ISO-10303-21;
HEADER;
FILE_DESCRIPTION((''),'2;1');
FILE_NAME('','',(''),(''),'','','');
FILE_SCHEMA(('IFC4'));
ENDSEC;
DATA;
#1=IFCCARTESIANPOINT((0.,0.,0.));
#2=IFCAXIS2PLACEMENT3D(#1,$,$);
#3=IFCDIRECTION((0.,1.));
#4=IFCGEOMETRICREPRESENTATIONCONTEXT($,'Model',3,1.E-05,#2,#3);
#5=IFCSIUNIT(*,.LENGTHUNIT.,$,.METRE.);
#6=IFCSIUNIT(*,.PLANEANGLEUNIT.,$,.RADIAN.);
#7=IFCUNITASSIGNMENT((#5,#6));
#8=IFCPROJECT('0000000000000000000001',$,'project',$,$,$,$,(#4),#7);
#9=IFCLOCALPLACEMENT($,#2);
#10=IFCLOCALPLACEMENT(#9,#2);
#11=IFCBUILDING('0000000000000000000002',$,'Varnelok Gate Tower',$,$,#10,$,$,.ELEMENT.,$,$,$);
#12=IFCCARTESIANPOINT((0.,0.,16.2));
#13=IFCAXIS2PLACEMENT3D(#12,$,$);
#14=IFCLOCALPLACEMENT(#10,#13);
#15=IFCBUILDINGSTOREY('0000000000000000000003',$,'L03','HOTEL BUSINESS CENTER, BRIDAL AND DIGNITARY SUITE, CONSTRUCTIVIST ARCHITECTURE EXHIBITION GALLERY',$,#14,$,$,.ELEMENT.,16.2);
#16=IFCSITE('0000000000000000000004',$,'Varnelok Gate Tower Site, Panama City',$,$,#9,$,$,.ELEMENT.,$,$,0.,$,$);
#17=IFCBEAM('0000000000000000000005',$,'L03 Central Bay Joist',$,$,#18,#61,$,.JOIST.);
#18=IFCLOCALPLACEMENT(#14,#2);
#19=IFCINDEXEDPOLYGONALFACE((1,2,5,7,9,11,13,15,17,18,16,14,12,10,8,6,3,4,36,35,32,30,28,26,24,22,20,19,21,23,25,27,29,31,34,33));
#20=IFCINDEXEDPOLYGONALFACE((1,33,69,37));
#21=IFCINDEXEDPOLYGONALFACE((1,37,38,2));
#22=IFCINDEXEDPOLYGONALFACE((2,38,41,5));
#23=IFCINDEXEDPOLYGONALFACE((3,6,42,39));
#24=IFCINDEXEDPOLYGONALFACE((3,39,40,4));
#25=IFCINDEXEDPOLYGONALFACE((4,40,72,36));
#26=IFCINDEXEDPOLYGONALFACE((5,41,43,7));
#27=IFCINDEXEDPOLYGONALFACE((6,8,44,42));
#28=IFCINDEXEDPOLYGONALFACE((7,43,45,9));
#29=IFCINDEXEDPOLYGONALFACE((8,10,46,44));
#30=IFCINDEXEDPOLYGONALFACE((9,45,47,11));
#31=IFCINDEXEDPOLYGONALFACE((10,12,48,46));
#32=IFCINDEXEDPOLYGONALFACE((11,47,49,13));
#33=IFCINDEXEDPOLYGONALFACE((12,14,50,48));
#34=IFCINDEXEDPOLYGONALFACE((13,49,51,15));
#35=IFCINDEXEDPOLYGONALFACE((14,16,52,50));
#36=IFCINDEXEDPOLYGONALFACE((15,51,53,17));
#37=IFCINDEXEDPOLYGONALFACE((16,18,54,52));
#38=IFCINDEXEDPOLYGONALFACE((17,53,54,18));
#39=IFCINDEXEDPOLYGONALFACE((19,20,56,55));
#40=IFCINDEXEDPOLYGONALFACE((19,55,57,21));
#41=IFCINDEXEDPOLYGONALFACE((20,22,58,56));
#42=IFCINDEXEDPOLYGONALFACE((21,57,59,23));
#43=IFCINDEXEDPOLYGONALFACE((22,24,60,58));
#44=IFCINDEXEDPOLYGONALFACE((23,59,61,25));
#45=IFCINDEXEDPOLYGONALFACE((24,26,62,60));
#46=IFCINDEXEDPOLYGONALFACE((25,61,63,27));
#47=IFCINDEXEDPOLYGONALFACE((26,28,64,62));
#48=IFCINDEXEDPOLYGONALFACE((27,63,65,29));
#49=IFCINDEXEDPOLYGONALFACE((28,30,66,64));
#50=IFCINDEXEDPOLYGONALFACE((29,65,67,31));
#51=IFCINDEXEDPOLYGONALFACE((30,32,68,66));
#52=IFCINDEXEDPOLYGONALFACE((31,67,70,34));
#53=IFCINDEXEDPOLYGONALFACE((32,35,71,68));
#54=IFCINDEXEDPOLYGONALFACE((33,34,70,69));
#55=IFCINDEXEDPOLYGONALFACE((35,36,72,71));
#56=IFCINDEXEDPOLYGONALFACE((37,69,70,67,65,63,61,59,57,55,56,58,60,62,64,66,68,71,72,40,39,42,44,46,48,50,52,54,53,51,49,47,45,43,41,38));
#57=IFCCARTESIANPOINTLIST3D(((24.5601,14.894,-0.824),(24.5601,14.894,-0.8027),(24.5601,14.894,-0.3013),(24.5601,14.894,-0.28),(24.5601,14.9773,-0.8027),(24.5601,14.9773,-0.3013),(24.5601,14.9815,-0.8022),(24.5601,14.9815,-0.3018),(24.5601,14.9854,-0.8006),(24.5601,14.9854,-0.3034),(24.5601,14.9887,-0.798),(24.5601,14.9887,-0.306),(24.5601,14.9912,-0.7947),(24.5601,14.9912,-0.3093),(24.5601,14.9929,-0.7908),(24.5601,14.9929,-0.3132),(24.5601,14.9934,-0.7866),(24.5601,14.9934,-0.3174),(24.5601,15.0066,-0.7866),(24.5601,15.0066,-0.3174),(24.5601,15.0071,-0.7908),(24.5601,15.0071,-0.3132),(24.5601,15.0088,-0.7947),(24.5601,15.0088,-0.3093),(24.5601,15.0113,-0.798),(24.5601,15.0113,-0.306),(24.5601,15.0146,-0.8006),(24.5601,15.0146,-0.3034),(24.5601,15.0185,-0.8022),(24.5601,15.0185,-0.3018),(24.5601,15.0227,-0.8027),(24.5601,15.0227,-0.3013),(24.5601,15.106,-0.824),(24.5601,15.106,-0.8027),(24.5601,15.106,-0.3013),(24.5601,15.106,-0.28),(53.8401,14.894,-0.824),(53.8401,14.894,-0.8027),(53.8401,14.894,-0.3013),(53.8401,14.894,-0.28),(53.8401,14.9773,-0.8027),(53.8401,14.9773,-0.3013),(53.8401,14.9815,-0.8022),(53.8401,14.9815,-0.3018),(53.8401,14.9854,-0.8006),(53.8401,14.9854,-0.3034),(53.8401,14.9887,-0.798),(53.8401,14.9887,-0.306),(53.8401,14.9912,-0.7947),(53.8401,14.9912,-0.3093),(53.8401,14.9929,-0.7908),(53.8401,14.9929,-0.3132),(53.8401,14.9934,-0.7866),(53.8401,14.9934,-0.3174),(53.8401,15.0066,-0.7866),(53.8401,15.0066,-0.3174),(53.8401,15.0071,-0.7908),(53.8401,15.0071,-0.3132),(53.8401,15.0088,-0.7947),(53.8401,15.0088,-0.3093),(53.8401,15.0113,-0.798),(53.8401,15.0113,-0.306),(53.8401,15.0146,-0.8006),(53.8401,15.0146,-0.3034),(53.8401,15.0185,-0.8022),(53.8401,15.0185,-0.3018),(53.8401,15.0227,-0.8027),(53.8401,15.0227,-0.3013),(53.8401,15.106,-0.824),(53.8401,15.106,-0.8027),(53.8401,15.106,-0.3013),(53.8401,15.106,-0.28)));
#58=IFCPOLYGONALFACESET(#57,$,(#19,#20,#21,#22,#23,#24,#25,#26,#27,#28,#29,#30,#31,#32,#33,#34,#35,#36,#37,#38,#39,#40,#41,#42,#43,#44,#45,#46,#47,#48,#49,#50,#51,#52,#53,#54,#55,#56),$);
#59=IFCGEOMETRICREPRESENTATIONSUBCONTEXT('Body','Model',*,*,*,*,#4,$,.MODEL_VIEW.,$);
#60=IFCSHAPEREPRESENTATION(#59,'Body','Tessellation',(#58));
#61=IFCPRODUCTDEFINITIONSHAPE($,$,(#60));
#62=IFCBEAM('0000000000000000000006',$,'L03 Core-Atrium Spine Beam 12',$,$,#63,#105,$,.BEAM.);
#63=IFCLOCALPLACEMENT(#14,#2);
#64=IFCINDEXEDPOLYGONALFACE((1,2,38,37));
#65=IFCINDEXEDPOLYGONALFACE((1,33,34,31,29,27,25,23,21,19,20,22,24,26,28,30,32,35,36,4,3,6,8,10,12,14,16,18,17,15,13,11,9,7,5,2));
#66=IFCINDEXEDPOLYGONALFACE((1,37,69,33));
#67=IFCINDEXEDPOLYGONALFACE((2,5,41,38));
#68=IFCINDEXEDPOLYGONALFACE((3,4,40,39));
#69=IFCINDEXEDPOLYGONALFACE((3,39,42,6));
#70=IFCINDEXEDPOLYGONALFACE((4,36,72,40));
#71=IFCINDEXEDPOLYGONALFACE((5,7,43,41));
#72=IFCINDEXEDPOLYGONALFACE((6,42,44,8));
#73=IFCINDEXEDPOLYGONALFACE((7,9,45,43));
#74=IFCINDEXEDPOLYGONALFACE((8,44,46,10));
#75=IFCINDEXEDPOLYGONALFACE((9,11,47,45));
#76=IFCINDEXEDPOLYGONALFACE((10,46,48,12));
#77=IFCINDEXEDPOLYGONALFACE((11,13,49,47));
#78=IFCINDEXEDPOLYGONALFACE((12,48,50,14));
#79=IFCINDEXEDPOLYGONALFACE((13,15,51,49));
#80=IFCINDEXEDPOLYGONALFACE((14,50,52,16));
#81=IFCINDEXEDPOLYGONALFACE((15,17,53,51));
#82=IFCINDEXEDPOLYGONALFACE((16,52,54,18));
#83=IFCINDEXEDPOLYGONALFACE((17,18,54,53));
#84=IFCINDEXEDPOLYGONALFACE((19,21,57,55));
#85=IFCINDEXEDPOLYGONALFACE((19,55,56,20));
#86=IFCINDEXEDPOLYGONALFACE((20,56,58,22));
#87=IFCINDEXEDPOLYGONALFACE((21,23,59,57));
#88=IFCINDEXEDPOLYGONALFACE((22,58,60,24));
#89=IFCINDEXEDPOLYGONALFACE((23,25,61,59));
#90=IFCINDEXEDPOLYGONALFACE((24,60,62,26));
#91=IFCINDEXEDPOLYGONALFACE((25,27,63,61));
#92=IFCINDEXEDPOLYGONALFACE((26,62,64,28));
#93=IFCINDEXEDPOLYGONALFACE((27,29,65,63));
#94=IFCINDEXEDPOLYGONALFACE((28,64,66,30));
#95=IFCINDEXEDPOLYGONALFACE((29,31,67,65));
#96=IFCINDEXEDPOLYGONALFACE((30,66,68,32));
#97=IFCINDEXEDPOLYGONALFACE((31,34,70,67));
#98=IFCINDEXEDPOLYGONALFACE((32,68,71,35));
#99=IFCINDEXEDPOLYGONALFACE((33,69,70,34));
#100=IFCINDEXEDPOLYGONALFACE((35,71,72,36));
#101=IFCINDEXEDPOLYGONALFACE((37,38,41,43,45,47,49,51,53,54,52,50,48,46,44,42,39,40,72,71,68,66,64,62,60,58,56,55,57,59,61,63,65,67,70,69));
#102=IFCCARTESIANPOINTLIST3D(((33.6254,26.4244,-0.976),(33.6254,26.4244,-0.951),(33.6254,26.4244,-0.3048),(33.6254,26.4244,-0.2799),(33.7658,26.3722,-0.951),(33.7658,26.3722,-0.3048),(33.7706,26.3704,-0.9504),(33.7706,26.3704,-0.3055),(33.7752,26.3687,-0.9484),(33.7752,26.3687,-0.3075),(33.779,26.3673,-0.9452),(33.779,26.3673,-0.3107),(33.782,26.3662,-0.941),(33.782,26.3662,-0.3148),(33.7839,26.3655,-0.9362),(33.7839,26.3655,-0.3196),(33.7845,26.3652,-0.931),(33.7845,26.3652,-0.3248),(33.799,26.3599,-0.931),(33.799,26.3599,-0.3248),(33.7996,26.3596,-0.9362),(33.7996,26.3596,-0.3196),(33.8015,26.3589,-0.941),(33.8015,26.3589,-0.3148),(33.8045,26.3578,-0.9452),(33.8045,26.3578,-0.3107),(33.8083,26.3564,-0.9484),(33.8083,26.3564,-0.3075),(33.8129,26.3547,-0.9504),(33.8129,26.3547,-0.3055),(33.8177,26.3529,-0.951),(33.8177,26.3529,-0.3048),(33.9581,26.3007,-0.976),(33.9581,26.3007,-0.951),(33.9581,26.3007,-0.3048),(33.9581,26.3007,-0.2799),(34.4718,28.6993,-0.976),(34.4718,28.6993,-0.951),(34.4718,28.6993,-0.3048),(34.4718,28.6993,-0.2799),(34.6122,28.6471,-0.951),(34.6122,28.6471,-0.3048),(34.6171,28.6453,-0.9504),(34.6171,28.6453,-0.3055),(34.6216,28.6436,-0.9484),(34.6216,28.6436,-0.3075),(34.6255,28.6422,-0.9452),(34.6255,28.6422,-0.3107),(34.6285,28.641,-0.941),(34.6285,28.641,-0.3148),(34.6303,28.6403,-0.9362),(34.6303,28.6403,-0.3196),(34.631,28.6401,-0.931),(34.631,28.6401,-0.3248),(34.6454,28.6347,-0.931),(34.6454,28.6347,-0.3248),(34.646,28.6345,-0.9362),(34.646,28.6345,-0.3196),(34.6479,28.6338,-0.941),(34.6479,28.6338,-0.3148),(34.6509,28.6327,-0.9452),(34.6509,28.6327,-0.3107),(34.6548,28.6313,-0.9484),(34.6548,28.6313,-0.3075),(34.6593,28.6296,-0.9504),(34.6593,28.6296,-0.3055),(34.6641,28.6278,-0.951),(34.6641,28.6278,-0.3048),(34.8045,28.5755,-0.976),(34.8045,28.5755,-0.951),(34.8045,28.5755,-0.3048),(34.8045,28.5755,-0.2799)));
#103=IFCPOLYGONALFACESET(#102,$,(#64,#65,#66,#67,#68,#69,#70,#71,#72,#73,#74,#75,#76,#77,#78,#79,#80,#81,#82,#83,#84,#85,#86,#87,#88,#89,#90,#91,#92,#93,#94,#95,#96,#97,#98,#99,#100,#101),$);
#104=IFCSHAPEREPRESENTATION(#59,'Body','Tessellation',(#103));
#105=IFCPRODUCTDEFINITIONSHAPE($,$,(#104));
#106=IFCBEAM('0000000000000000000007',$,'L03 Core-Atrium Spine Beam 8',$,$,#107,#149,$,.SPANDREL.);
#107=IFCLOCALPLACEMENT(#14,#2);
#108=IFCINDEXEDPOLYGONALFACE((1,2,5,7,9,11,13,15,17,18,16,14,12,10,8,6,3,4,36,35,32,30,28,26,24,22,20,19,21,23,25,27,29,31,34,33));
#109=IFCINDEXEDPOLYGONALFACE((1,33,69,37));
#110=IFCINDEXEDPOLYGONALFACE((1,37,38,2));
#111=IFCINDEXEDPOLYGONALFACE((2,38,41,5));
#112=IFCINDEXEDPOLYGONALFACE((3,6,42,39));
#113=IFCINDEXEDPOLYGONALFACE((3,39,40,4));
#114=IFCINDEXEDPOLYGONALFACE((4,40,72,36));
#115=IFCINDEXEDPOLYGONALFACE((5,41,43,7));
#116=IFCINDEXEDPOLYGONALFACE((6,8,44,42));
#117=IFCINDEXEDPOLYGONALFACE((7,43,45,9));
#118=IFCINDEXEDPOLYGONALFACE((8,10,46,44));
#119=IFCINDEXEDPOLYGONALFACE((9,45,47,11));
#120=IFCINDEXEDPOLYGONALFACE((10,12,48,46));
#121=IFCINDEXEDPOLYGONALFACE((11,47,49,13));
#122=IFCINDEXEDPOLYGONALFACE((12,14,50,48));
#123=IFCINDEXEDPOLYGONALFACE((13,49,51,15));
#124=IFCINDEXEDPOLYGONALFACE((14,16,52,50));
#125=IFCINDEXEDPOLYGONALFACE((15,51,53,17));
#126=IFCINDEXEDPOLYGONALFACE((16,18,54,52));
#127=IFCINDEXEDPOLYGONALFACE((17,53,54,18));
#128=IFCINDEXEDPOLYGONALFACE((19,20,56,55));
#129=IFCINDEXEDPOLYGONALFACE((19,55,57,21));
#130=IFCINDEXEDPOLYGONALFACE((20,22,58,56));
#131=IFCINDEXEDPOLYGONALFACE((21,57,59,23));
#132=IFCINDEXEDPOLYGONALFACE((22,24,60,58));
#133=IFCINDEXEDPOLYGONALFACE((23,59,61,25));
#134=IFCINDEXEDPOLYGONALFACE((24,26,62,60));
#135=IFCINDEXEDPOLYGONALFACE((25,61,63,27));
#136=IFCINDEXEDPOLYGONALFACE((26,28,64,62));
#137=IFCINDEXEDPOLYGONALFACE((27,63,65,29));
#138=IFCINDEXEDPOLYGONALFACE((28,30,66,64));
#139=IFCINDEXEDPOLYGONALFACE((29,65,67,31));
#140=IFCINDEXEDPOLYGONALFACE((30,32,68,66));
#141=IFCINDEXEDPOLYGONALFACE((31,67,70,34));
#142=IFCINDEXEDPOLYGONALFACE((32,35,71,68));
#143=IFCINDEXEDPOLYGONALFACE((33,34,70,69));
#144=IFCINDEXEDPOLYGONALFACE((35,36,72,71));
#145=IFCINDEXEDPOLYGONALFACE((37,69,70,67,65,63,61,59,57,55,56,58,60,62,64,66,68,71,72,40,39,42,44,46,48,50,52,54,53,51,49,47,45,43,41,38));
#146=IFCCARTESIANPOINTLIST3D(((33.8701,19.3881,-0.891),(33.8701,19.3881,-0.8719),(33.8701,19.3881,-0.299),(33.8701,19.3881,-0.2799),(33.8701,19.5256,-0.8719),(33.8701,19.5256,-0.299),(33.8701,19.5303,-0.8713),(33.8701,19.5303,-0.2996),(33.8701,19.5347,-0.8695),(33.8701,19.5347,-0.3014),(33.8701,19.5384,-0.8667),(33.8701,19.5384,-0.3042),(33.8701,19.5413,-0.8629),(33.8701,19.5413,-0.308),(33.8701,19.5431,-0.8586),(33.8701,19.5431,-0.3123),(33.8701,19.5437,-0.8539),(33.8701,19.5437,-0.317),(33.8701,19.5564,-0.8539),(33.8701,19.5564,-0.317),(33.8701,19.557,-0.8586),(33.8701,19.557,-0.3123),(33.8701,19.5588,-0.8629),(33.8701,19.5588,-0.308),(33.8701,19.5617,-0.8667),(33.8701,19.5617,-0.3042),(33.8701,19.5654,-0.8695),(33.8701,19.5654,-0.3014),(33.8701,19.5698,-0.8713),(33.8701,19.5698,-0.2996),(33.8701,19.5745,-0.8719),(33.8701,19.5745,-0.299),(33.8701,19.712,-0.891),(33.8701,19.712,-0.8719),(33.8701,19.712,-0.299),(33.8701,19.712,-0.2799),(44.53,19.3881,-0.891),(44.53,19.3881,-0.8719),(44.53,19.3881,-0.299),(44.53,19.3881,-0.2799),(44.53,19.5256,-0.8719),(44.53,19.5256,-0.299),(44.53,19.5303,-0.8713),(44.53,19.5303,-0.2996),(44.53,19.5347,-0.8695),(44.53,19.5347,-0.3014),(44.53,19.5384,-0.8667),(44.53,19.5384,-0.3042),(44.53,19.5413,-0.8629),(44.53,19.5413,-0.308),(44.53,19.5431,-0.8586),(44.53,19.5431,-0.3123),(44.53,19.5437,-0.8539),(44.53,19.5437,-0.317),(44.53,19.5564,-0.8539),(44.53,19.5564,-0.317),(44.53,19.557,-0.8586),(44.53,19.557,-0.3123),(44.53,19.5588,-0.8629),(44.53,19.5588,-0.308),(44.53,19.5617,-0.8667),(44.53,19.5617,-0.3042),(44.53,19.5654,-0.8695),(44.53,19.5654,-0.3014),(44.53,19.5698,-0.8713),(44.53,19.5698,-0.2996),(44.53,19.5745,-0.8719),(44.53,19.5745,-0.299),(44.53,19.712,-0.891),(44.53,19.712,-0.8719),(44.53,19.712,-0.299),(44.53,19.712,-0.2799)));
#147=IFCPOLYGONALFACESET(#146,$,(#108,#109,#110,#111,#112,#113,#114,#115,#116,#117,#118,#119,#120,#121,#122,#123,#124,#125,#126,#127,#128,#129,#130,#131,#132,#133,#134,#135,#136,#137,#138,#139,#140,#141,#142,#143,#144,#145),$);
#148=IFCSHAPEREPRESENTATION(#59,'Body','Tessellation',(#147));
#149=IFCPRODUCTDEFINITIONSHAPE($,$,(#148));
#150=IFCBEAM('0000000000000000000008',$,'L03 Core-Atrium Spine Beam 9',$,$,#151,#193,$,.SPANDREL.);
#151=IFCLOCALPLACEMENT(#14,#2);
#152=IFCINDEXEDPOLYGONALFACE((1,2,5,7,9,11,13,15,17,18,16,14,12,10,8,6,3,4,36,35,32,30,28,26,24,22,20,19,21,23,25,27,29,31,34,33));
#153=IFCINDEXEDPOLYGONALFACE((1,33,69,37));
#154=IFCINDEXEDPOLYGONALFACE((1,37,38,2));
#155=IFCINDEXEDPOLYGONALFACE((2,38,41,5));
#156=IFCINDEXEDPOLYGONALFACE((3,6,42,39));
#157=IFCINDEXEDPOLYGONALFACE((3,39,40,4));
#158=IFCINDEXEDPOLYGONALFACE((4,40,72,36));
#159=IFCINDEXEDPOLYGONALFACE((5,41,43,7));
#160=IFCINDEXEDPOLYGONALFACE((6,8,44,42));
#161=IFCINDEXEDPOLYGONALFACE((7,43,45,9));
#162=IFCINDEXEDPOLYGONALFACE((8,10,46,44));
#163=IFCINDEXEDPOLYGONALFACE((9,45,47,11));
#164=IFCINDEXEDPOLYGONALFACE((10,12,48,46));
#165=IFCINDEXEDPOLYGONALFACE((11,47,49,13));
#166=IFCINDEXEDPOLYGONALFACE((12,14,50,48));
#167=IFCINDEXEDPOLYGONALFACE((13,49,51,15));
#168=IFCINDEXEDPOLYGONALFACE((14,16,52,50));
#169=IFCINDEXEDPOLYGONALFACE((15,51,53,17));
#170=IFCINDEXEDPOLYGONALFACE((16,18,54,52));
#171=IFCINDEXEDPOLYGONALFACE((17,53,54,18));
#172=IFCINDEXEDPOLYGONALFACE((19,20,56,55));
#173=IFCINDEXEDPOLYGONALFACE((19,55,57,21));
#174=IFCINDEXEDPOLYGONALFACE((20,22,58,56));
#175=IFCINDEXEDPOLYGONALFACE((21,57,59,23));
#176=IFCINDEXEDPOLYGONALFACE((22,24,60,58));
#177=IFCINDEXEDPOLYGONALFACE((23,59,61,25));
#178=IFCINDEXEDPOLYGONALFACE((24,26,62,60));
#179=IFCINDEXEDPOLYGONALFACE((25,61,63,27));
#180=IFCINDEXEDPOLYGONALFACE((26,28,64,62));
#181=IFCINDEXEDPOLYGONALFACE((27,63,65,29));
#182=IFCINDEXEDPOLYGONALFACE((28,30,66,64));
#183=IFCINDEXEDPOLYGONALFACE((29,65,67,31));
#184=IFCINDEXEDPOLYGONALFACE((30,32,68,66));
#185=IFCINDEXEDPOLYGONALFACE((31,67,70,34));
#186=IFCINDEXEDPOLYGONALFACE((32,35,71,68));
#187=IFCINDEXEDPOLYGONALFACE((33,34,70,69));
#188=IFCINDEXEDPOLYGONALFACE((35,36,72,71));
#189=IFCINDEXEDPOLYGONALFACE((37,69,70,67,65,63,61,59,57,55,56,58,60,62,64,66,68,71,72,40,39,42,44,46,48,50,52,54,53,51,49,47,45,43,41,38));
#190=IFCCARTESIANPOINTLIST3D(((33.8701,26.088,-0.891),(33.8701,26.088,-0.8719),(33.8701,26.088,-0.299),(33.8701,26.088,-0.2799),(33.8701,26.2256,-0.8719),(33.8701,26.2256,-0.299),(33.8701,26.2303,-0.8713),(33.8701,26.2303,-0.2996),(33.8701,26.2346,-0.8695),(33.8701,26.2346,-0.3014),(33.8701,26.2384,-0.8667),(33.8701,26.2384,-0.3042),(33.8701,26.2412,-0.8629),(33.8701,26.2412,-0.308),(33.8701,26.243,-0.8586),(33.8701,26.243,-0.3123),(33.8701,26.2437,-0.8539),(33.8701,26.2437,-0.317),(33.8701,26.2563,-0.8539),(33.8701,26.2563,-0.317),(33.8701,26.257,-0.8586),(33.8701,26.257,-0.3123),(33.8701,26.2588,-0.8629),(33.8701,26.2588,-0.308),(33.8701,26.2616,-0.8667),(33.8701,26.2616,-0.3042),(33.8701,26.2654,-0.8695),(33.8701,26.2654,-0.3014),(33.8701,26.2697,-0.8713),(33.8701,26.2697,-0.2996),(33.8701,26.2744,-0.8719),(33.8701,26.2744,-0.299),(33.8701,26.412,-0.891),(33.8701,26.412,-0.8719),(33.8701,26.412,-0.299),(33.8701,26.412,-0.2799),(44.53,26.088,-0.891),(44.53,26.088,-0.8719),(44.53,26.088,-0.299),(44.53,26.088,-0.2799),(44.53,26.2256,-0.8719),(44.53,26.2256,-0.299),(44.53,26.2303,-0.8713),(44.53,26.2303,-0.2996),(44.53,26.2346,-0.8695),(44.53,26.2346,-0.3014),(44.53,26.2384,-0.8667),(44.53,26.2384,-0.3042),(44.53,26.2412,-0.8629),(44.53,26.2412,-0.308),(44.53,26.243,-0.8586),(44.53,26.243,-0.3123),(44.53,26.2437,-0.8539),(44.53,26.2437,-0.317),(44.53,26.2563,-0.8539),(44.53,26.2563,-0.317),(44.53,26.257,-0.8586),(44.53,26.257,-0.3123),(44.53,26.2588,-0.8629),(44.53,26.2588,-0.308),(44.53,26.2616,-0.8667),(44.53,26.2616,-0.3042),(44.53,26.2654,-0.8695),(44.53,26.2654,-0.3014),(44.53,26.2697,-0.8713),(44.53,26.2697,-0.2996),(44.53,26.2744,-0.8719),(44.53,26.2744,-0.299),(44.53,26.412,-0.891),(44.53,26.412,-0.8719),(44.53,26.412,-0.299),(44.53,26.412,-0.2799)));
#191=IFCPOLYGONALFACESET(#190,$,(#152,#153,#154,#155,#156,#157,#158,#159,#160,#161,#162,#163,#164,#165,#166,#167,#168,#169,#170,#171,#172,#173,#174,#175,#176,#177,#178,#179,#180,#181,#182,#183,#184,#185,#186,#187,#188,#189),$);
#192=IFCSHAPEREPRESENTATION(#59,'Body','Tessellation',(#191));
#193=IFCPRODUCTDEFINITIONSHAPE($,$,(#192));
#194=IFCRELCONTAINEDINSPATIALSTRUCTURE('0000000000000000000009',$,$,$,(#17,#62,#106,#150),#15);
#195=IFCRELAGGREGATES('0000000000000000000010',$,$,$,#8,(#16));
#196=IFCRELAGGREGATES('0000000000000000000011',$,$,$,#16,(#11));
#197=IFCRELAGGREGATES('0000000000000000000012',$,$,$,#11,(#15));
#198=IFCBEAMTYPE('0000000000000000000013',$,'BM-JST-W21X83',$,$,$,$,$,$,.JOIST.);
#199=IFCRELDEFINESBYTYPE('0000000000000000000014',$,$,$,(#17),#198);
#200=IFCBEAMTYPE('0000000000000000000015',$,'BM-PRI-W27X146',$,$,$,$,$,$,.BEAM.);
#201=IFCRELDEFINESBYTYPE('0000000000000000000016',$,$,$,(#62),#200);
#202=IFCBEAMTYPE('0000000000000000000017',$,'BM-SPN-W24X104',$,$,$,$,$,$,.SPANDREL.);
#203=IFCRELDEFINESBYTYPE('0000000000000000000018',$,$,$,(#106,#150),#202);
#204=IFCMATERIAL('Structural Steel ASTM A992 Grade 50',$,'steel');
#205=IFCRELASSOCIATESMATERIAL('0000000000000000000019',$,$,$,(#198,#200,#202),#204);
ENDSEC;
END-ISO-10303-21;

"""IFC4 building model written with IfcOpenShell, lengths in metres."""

from ifc_helpers import new_model, si_unit, direction, frame, origin, origin_2d, place, context, subcontext, project, spatial, i_section, extrude, material, material_profile, profile_set, type_object, element, save


model = new_model("IFC4")

# Units and contexts
model_context = context("Model", 3, precision=1e-05, world=origin(), true_north=direction((0.0, 1.0)))
body_context = subcontext(model_context, "Body", "Model", "MODEL_VIEW")
ifc_project = project(units=[si_unit("LENGTHUNIT", "METRE"), si_unit("PLANEANGLEUNIT", "RADIAN")], contexts=[model_context])

# Site, building, storey
site_placement = place(None, origin())
site = spatial("IfcSite", under=ifc_project, at=site_placement, Name="Varnelok Gate Tower Site, Panama City", CompositionType="ELEMENT", RefElevation=0.0)
building_placement = place(site_placement, origin())
building = spatial("IfcBuilding", under=site, at=building_placement, Name="Varnelok Gate Tower", CompositionType="ELEMENT")
storey_placement = place(building_placement, frame((0.0, 0.0, 16.2)))
storey = spatial("IfcBuildingStorey", under=building, at=storey_placement, Name="L03", Description="HOTEL BUSINESS CENTER, BRIDAL AND DIGNITARY SUITE, CONSTRUCTIVIST ARCHITECTURE EXHIBITION GALLERY", CompositionType="ELEMENT", Elevation=16.2)

# Shared definitions
ifc_material_1 = material(Name="Structural Steel ASTM A992 Grade 50", Category="steel")

# Beams
ifc_material_profile_1 = material_profile(ifc_material_1, i_section(OverallWidth=0.2119, OverallDepth=0.5439, WebThickness=0.0132, FlangeThickness=0.0212, FilletRadius=0.0161, at=origin_2d()), Name="W21X83")
ifc_profile_set_1 = profile_set([ifc_material_profile_1], Name="Structural Steel ASTM A992 Grade 50")
beam_type_1 = type_object("IfcBeamType", Name="BM-JST-W21X83", PredefinedType="JOIST", material=ifc_profile_set_1)
for number, where, z_axis, x_axis, name in (
    (1, (24.5601, 15.0, -0.552), (1.0, 0.0, 0.0), (0.0, 1.0, 0.0), "L03 Central Bay Joist"),
):
    element("IfcBeam", number, at=place(storey_placement, frame(where, z_axis=z_axis, x_axis=x_axis)), inside=storey, type_object=beam_type_1, Name=name, PredefinedType="JOIST", context=body_context, shape_type="SweptSolid", body=[
        extrude(i_section(OverallWidth=0.2119, OverallDepth=0.5439, WebThickness=0.0132, FlangeThickness=0.0212, FilletRadius=0.0161, at=origin_2d()), origin(), (0.0, 0.0, 1.0), 29.28),
    ])
ifc_material_profile_2 = material_profile(ifc_material_1, i_section(OverallWidth=0.355, OverallDepth=0.696, WebThickness=0.0154, FlangeThickness=0.0249, FilletRadius=0.02, at=origin_2d()), Name="W27X146")
ifc_profile_set_2 = profile_set([ifc_material_profile_2], Name="Structural Steel ASTM A992 Grade 50")
beam_type_2 = type_object("IfcBeamType", Name="BM-PRI-W27X146", PredefinedType="BEAM", material=ifc_profile_set_2)
beam_1_placement = place(storey_placement, frame((33.7917, 26.3625, -0.6279), z_axis=(0.348719, 0.937227, 0.0), x_axis=(-0.937227, 0.348719, 0.0)))
element("IfcBeam", 2, at=beam_1_placement, inside=storey, type_object=beam_type_2, Name="L03 Core-Atrium Spine Beam 12", PredefinedType="BEAM", context=body_context, shape_type="SweptSolid", body=[
    extrude(i_section(OverallWidth=0.355, OverallDepth=0.696, WebThickness=0.0154, FlangeThickness=0.0249, FilletRadius=0.02, at=origin_2d()), origin(), (0.0, 0.0, 1.0), 2.4272),
])
ifc_material_profile_3 = material_profile(ifc_material_1, i_section(OverallWidth=0.324, OverallDepth=0.6111, WebThickness=0.0127, FlangeThickness=0.019, FilletRadius=0.0181, at=origin_2d()), Name="W24X104")
ifc_profile_set_3 = profile_set([ifc_material_profile_3], Name="Structural Steel ASTM A992 Grade 50")
beam_type_3 = type_object("IfcBeamType", Name="BM-SPN-W24X104", PredefinedType="SPANDREL", material=ifc_profile_set_3)
for number, where, z_axis, x_axis, name in (
    (3, (33.8701, 19.55, -0.5854), (1.0, 0.0, 0.0), (0.0, 1.0, 0.0), "L03 Core-Atrium Spine Beam 8"),
    (4, (33.8701, 26.25, -0.5854), (1.0, 0.0, 0.0), (0.0, 1.0, 0.0), "L03 Core-Atrium Spine Beam 9"),
):
    element("IfcBeam", number, at=place(storey_placement, frame(where, z_axis=z_axis, x_axis=x_axis)), inside=storey, type_object=beam_type_3, Name=name, PredefinedType="SPANDREL", context=body_context, shape_type="SweptSolid", body=[
        extrude(i_section(OverallWidth=0.324, OverallDepth=0.6111, WebThickness=0.0127, FlangeThickness=0.019, FilletRadius=0.0181, at=origin_2d()), origin(), (0.0, 0.0, 1.0), 10.6599),
    ])

save(model, "model.ifc")
